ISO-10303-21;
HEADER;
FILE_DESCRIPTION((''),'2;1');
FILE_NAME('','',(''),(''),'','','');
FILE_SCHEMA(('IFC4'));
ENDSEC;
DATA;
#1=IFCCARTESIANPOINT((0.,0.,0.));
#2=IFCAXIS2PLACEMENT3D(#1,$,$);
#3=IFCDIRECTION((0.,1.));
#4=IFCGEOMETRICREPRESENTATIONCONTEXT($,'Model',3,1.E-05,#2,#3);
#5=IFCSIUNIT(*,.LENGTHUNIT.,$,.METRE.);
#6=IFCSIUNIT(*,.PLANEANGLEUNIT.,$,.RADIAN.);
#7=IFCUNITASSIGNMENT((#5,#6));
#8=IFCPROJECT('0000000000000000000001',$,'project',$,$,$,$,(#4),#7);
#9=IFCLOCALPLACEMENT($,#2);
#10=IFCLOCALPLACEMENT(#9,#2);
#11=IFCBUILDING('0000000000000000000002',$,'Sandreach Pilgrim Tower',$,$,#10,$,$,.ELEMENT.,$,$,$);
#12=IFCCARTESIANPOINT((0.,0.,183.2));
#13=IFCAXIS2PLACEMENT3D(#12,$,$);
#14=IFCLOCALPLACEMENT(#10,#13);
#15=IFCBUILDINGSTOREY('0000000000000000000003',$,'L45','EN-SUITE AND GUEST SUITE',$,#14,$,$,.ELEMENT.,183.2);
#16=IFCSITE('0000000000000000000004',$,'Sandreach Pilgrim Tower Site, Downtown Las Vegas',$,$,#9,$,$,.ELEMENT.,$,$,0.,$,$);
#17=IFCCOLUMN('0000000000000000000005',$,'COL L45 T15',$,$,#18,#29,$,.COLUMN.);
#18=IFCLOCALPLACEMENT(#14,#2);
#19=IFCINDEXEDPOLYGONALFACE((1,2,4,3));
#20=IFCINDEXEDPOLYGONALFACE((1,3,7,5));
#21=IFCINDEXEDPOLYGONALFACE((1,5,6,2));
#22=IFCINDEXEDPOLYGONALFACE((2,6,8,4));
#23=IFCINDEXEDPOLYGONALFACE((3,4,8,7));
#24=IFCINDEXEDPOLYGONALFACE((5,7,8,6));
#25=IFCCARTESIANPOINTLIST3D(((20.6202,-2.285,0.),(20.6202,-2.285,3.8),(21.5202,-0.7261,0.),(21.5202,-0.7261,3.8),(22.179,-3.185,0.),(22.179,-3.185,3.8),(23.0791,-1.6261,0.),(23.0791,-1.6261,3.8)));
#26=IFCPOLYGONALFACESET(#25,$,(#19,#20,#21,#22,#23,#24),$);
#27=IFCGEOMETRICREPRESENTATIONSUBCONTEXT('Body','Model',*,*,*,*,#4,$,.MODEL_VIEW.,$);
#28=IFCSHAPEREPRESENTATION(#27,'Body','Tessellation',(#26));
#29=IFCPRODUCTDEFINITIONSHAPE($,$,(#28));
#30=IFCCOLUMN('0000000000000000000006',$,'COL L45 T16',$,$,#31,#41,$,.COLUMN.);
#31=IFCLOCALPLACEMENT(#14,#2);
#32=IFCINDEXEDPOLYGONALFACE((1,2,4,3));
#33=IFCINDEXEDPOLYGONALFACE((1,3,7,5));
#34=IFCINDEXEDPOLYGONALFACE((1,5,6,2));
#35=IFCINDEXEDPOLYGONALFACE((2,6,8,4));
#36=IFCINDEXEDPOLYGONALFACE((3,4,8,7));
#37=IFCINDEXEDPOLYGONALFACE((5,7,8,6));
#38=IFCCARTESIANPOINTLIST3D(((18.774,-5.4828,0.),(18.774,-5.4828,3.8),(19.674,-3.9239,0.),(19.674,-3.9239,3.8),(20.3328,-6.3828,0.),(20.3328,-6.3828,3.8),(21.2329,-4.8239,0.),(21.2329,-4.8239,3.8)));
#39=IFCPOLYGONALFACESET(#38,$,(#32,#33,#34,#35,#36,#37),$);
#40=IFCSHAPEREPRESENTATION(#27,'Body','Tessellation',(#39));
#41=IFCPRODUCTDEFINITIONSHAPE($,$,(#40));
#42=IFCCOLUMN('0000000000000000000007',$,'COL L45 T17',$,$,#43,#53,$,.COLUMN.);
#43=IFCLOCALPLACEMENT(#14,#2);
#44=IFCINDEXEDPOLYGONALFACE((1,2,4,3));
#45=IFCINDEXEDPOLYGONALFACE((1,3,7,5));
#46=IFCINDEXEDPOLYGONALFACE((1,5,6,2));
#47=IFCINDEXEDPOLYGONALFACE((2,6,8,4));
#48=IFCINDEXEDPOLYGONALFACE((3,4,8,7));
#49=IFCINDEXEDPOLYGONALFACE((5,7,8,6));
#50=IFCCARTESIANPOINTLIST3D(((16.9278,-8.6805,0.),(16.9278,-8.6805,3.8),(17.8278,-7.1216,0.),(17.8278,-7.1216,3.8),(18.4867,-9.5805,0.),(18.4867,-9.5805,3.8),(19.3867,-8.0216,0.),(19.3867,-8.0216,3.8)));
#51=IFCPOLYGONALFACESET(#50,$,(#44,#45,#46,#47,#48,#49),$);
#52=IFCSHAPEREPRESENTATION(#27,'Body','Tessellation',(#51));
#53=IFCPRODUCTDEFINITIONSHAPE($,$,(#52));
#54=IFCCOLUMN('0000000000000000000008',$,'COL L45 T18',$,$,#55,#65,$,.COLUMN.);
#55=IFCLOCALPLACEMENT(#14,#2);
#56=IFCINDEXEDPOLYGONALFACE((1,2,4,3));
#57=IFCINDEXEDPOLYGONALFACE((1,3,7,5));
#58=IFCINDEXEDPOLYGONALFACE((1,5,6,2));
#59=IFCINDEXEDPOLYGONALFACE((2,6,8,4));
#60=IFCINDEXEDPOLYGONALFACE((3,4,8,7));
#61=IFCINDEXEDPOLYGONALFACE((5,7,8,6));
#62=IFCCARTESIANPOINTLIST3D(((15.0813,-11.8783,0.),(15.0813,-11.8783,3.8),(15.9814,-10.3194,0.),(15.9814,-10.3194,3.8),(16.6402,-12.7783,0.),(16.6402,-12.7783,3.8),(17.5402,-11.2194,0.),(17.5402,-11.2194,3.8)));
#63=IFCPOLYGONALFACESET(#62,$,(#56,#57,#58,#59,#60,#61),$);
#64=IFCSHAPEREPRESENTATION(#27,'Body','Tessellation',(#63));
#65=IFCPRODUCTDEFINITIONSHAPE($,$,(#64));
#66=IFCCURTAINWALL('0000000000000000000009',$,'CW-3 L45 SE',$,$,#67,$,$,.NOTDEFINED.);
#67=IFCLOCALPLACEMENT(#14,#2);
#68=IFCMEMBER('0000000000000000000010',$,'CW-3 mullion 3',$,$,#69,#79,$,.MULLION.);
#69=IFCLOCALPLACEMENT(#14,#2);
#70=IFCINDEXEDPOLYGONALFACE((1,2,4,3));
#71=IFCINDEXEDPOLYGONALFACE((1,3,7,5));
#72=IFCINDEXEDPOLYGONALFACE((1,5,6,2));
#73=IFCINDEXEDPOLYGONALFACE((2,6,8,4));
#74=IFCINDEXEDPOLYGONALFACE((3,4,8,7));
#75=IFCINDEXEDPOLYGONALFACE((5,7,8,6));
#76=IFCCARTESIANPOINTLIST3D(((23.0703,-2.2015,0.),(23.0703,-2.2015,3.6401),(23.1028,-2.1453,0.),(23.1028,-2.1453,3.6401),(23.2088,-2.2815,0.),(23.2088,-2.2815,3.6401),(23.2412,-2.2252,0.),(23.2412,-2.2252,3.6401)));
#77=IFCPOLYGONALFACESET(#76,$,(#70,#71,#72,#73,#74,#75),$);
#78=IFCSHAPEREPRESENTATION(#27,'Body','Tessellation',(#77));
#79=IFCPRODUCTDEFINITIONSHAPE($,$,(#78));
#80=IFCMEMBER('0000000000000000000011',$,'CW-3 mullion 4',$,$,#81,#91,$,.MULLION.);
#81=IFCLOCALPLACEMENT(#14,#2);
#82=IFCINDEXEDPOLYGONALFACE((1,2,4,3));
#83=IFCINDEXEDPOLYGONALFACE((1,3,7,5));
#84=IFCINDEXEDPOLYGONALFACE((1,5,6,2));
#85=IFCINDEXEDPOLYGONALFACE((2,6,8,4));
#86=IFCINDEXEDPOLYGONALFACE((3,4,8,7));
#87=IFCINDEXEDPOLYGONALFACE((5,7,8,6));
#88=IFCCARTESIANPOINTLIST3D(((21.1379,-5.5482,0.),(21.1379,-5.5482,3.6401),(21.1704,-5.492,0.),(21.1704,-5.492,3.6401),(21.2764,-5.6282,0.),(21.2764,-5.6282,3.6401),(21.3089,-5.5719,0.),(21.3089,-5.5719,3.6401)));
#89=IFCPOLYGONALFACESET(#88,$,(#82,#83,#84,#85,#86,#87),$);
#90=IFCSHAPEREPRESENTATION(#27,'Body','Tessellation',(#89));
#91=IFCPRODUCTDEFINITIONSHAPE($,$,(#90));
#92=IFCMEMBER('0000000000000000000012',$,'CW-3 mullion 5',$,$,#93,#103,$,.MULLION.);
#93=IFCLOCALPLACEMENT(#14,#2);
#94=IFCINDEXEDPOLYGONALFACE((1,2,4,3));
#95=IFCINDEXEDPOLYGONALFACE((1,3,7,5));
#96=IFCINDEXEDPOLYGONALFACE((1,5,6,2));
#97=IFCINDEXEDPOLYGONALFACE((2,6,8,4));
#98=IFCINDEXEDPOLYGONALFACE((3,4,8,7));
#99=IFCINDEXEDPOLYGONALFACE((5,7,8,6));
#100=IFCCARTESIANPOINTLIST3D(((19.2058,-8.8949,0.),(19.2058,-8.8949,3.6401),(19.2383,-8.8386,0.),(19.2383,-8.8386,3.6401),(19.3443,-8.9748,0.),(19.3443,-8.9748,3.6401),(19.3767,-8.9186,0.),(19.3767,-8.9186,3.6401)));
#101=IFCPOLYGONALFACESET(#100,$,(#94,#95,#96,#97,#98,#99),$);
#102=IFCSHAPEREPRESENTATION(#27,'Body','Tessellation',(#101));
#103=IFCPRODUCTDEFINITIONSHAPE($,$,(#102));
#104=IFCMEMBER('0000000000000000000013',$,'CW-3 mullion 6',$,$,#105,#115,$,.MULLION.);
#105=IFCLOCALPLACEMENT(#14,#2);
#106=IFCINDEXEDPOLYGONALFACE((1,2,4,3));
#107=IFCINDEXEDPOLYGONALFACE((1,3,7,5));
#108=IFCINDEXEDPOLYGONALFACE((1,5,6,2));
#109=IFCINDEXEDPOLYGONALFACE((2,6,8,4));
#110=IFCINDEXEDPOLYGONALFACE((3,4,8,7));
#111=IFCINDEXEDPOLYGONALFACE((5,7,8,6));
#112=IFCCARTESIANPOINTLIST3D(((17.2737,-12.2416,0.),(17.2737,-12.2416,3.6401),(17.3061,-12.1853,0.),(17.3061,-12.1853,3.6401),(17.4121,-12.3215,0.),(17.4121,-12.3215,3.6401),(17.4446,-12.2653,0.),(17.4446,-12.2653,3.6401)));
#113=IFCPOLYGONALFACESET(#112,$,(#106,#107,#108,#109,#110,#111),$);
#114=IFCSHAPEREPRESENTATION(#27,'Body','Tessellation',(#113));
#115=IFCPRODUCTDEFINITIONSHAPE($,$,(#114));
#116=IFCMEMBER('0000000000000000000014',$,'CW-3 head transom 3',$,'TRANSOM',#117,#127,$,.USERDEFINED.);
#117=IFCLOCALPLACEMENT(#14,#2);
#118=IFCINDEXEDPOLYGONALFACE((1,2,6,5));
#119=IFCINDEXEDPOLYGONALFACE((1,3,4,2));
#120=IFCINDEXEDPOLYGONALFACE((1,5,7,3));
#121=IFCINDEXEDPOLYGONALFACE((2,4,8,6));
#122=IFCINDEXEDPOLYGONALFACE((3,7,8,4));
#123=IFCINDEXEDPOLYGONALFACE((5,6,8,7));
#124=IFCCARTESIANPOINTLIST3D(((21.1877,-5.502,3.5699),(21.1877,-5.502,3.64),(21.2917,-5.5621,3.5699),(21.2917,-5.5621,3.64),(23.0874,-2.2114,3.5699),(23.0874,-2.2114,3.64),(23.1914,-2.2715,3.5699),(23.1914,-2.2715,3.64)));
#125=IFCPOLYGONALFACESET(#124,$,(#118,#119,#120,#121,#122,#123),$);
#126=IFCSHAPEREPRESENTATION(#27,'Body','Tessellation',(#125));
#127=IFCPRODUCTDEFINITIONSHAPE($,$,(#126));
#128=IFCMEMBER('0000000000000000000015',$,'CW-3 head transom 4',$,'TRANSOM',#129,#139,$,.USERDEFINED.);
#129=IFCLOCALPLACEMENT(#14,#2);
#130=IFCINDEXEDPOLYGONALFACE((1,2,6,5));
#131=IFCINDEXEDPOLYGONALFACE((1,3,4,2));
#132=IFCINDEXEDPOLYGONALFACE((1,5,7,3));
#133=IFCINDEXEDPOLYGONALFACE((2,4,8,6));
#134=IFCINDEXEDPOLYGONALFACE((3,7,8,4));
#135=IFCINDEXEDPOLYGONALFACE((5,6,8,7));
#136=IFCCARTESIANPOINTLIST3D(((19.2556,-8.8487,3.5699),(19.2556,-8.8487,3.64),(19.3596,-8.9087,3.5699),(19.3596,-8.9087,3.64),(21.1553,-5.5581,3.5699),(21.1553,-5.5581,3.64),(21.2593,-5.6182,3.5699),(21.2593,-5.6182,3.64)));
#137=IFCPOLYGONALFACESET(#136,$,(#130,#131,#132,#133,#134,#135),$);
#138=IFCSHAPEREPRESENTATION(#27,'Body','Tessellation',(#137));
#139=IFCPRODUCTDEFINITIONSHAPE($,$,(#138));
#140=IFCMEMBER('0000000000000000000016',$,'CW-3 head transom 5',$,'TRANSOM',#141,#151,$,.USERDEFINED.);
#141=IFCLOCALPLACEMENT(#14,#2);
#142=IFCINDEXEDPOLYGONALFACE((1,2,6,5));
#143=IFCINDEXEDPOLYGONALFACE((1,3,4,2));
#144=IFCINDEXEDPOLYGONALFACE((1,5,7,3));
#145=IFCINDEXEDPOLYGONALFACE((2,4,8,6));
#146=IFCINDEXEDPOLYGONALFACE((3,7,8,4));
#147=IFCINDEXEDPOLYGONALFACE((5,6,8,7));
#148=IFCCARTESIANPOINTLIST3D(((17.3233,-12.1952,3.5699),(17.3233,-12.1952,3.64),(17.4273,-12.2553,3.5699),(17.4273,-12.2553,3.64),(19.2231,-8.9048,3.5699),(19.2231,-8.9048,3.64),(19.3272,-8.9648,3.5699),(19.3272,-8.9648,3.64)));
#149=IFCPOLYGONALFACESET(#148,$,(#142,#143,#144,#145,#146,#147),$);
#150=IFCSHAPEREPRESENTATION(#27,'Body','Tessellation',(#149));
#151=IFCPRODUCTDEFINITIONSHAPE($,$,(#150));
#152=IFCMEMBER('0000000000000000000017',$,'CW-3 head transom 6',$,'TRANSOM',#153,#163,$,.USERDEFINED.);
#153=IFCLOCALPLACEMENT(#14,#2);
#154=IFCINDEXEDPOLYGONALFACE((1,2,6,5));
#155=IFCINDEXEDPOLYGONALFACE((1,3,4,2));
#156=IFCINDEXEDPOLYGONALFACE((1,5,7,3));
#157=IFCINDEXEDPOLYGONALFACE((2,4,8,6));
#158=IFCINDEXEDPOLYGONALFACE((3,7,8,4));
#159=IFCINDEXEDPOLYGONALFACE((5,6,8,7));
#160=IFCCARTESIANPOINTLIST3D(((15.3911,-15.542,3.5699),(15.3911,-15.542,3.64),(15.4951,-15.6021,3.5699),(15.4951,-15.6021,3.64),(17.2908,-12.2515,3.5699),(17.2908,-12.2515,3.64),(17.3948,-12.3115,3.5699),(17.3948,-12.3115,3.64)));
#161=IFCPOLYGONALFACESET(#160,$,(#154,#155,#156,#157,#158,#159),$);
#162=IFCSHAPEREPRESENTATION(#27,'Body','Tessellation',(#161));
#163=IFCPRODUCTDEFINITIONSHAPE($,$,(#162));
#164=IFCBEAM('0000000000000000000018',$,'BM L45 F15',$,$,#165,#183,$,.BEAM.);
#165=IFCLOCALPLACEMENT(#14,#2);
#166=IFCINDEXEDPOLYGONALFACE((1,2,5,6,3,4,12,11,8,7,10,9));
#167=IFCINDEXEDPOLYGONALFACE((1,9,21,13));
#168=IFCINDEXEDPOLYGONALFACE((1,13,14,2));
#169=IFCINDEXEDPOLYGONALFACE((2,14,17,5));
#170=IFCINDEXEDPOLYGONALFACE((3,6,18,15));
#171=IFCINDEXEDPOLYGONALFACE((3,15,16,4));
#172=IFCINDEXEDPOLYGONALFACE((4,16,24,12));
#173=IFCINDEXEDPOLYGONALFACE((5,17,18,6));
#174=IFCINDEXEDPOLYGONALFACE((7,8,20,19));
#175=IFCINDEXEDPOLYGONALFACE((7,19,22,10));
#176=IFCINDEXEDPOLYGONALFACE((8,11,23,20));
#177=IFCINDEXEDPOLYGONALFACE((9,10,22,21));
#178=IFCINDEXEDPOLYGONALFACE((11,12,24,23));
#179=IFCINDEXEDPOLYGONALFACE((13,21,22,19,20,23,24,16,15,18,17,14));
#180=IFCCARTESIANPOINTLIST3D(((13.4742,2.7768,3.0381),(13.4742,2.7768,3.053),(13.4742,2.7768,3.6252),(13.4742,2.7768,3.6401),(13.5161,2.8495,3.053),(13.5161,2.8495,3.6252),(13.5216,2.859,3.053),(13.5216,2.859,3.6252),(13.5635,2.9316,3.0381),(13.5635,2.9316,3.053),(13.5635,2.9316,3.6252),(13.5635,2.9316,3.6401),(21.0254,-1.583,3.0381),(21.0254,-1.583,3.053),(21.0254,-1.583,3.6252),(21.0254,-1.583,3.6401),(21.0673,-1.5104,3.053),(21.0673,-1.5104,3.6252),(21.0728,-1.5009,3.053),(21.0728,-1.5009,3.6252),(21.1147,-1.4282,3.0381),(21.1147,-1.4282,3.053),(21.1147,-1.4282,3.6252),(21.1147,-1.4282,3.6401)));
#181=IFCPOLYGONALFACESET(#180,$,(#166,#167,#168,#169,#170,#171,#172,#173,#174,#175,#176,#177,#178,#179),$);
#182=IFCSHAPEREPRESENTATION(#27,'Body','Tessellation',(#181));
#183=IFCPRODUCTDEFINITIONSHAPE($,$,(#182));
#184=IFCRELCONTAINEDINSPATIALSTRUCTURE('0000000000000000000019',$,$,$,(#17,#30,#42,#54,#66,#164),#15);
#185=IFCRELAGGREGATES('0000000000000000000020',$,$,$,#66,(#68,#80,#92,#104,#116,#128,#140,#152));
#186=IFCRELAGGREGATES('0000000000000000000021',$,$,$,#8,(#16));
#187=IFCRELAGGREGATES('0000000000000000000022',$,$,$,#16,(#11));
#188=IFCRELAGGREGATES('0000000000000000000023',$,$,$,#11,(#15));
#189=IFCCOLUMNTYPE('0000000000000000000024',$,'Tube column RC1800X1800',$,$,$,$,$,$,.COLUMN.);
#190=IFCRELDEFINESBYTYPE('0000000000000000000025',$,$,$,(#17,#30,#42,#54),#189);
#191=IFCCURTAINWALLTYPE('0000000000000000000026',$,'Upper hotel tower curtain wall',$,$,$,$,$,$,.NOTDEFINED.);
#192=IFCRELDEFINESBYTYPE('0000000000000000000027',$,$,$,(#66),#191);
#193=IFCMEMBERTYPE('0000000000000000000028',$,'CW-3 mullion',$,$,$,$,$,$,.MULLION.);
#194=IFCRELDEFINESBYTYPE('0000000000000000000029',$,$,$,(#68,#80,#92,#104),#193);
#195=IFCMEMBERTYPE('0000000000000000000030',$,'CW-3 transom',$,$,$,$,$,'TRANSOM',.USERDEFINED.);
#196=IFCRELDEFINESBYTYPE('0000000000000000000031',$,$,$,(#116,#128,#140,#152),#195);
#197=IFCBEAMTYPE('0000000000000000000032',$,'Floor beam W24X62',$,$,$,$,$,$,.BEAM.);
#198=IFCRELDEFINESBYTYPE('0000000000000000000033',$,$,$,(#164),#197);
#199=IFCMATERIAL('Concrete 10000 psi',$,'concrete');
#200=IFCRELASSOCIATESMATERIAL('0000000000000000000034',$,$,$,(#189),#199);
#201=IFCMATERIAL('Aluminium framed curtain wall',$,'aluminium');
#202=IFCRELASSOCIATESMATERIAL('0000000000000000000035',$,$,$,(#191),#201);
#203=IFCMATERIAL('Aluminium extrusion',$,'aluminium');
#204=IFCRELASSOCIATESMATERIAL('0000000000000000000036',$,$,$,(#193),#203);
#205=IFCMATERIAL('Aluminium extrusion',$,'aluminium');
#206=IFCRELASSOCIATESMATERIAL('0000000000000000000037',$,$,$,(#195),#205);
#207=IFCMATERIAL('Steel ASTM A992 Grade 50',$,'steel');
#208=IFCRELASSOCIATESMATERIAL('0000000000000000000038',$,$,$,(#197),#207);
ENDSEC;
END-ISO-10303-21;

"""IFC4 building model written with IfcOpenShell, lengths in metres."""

from ifc_helpers import new_model, si_unit, direction, frame, origin, origin_2d, place, context, subcontext, project, spatial, rectangle, i_section, extrude, material, material_profile, profile_set, type_object, element, aggregate, save


model = new_model("IFC4")

# Units and contexts
model_context = context("Model", 3, precision=1e-05, world=origin(), true_north=direction((0.0, 1.0)))
body_context = subcontext(model_context, "Body", "Model", "MODEL_VIEW")
ifc_project = project(units=[si_unit("LENGTHUNIT", "METRE"), si_unit("PLANEANGLEUNIT", "RADIAN")], contexts=[model_context])

# Site, building, storey
site_placement = place(None, origin())
site = spatial("IfcSite", under=ifc_project, at=site_placement, Name="Sandreach Pilgrim Tower Site, Downtown Las Vegas", CompositionType="ELEMENT", RefElevation=0.0)
building_placement = place(site_placement, origin())
building = spatial("IfcBuilding", under=site, at=building_placement, Name="Sandreach Pilgrim Tower", CompositionType="ELEMENT")
storey_placement = place(building_placement, frame((0.0, 0.0, 183.2)))
storey = spatial("IfcBuildingStorey", under=building, at=storey_placement, Name="L45", Description="EN-SUITE AND GUEST SUITE", CompositionType="ELEMENT", Elevation=183.2)

# Columns
ifc_material_1 = material(Name="Concrete 10000 psi", Category="concrete")
ifc_material_profile_1 = material_profile(ifc_material_1, rectangle(XDim=1.8, YDim=1.8, at=origin_2d()), Name="RC1800X1800")
ifc_profile_set_1 = profile_set([ifc_material_profile_1], Name="Concrete 10000 psi")
column_type = type_object("IfcColumnType", Name="Tube column RC1800X1800", PredefinedType="COLUMN", material=ifc_profile_set_1)
for number, where, z_axis, x_axis, name in (
    (1, (21.8496, -1.9556, 0.0), (0.0, 0.0, 1.0), (0.866025, -0.5, 0.0), "COL L45 T15"),
    (2, (20.0034, -5.1533, 0.0), (0.0, 0.0, 1.0), (0.866025, -0.5, 0.0), "COL L45 T16"),
    (3, (18.1572, -8.3511, 0.0), (0.0, 0.0, 1.0), (0.866025, -0.5, 0.0), "COL L45 T17"),
    (4, (16.3108, -11.5488, 0.0), (0.0, 0.0, 1.0), (0.866025, -0.5, 0.0), "COL L45 T18"),
):
    element("IfcColumn", number, at=place(storey_placement, frame(where, z_axis=z_axis, x_axis=x_axis)), inside=storey, type_object=column_type, Name=name, PredefinedType="COLUMN", context=body_context, shape_type="SweptSolid", body=[
        extrude(rectangle(XDim=1.8, YDim=1.8, at=origin_2d()), origin(), (0.0, 0.0, 1.0), 3.8),
    ])

# Curtain wall, members
ifc_material_2 = material(Name="Aluminium framed curtain wall", Category="aluminium")
curtain_wall_type = type_object("IfcCurtainWallType", Name="Upper hotel tower curtain wall", PredefinedType="NOTDEFINED", material=ifc_material_2)
curtain_wall_placement = place(storey_placement, origin())
curtain_wall = element("IfcCurtainWall", 5, at=curtain_wall_placement, inside=storey, type_object=curtain_wall_type, Name="CW-3 L45 SE", PredefinedType="NOTDEFINED")
ifc_material_3 = material(Name="Aluminium extrusion", Category="aluminium")
ifc_material_profile_2 = material_profile(ifc_material_3, rectangle(XDim=0.0649, YDim=0.1599, at=origin_2d()), Name="CW-3M 65X160")
ifc_profile_set_2 = profile_set([ifc_material_profile_2], Name="Aluminium extrusion")
member_type_1 = type_object("IfcMemberType", Name="CW-3 mullion", PredefinedType="MULLION", material=ifc_profile_set_2)
member_1_placement = place(storey_placement, frame((23.1558, -2.2134, 0.0), z_axis=(0.0, 0.0, 1.0), x_axis=(-0.5, -0.866025, 0.0)))
member_1 = element("IfcMember", 6, at=member_1_placement, type_object=member_type_1, Name="CW-3 mullion 3", PredefinedType="MULLION", context=body_context, shape_type="SweptSolid", body=[
    extrude(rectangle(XDim=0.0649, YDim=0.1599, at=origin_2d()), origin(), (0.0, 0.0, 1.0), 3.6401),
])
member_2_placement = place(storey_placement, frame((21.2234, -5.5601, 0.0), z_axis=(0.0, 0.0, 1.0), x_axis=(-0.5, -0.866025, 0.0)))
member_2 = element("IfcMember", 7, at=member_2_placement, type_object=member_type_1, Name="CW-3 mullion 4", PredefinedType="MULLION", context=body_context, shape_type="SweptSolid", body=[
    extrude(rectangle(XDim=0.0649, YDim=0.1599, at=origin_2d()), origin(), (0.0, 0.0, 1.0), 3.6401),
])
member_3_placement = place(storey_placement, frame((19.2913, -8.9067, 0.0), z_axis=(0.0, 0.0, 1.0), x_axis=(-0.5, -0.866025, 0.0)))
member_3 = element("IfcMember", 8, at=member_3_placement, type_object=member_type_1, Name="CW-3 mullion 5", PredefinedType="MULLION", context=body_context, shape_type="SweptSolid", body=[
    extrude(rectangle(XDim=0.0649, YDim=0.1599, at=origin_2d()), origin(), (0.0, 0.0, 1.0), 3.6401),
])
member_4_placement = place(storey_placement, frame((17.3591, -12.2534, 0.0), z_axis=(0.0, 0.0, 1.0), x_axis=(-0.5, -0.866025, 0.0)))
member_4 = element("IfcMember", 9, at=member_4_placement, type_object=member_type_1, Name="CW-3 mullion 6", PredefinedType="MULLION", context=body_context, shape_type="SweptSolid", body=[
    extrude(rectangle(XDim=0.0649, YDim=0.1599, at=origin_2d()), origin(), (0.0, 0.0, 1.0), 3.6401),
])
ifc_material_4 = material(Name="Aluminium extrusion", Category="aluminium")
ifc_material_profile_3 = material_profile(ifc_material_4, rectangle(XDim=0.1201, YDim=0.0701, at=origin_2d()), Name="CW-3T 120X70")
ifc_profile_set_3 = profile_set([ifc_material_profile_3], Name="Aluminium extrusion")
member_type_2 = type_object("IfcMemberType", Name="CW-3 transom", ElementType="TRANSOM", PredefinedType="USERDEFINED", material=ifc_profile_set_3)
member_5_placement = place(storey_placement, frame((23.1394, -2.2415, 3.605), z_axis=(-0.499975, -0.86604, 0.0), x_axis=(0.86604, -0.499975, 0.0)))
member_5 = element("IfcMember", 10, at=member_5_placement, type_object=member_type_2, Name="CW-3 head transom 3", ObjectType="TRANSOM", PredefinedType="USERDEFINED", context=body_context, shape_type="SweptSolid", body=[
    extrude(rectangle(XDim=0.1201, YDim=0.0701, at=origin_2d()), origin(), (0.0, 0.0, 1.0), 3.7996),
])
member_6_placement = place(storey_placement, frame((21.2073, -5.5881, 3.605), z_axis=(-0.499975, -0.86604, 0.0), x_axis=(0.86604, -0.499975, 0.0)))
member_6 = element("IfcMember", 11, at=member_6_placement, type_object=member_type_2, Name="CW-3 head transom 4", ObjectType="TRANSOM", PredefinedType="USERDEFINED", context=body_context, shape_type="SweptSolid", body=[
    extrude(rectangle(XDim=0.1201, YDim=0.0701, at=origin_2d()), origin(), (0.0, 0.0, 1.0), 3.7996),
])
member_7_placement = place(storey_placement, frame((19.2751, -8.9348, 3.605), z_axis=(-0.500023, -0.866012, 0.0), x_axis=(0.866012, -0.500023, 0.0)))
member_7 = element("IfcMember", 12, at=member_7_placement, type_object=member_type_2, Name="CW-3 head transom 5", ObjectType="TRANSOM", PredefinedType="USERDEFINED", context=body_context, shape_type="SweptSolid", body=[
    extrude(rectangle(XDim=0.1201, YDim=0.0701, at=origin_2d()), origin(), (0.0, 0.0, 1.0), 3.7996),
])
member_8_placement = place(storey_placement, frame((17.3428, -12.2815, 3.605), z_axis=(-0.499975, -0.86604, 0.0), x_axis=(0.86604, -0.499975, 0.0)))
member_8 = element("IfcMember", 13, at=member_8_placement, type_object=member_type_2, Name="CW-3 head transom 6", ObjectType="TRANSOM", PredefinedType="USERDEFINED", context=body_context, shape_type="SweptSolid", body=[
    extrude(rectangle(XDim=0.1201, YDim=0.0701, at=origin_2d()), origin(), (0.0, 0.0, 1.0), 3.7996),
])

# Beam
ifc_material_5 = material(Name="Steel ASTM A992 Grade 50", Category="steel")
ifc_material_profile_4 = material_profile(ifc_material_5, i_section(OverallWidth=0.1787, OverallDepth=0.6021, WebThickness=0.011, FlangeThickness=0.0149, at=origin_2d()), Name="W24X62")
ifc_profile_set_4 = profile_set([ifc_material_profile_4], Name="Steel ASTM A992 Grade 50")
beam_type_1 = type_object("IfcBeamType", Name="Floor beam W24X62", PredefinedType="BEAM", material=ifc_profile_set_4)
beam_1_placement = place(storey_placement, frame((21.0701, -1.5056, 3.3391), z_axis=(-0.866019, 0.500012, 0.0), x_axis=(-0.500012, -0.866019, 0.0)))
element("IfcBeam", 14, at=beam_1_placement, inside=storey, type_object=beam_type_1, Name="BM L45 F15", PredefinedType="BEAM", context=body_context, shape_type="SweptSolid", body=[
    extrude(i_section(OverallWidth=0.1787, OverallDepth=0.6021, WebThickness=0.011, FlangeThickness=0.0149, at=origin_2d()), origin(), (0.0, 0.0, 1.0), 8.7195),
])

aggregate(curtain_wall, [member_1, member_2, member_3, member_4, member_5, member_6, member_7, member_8])

save(model, "model.ifc")
